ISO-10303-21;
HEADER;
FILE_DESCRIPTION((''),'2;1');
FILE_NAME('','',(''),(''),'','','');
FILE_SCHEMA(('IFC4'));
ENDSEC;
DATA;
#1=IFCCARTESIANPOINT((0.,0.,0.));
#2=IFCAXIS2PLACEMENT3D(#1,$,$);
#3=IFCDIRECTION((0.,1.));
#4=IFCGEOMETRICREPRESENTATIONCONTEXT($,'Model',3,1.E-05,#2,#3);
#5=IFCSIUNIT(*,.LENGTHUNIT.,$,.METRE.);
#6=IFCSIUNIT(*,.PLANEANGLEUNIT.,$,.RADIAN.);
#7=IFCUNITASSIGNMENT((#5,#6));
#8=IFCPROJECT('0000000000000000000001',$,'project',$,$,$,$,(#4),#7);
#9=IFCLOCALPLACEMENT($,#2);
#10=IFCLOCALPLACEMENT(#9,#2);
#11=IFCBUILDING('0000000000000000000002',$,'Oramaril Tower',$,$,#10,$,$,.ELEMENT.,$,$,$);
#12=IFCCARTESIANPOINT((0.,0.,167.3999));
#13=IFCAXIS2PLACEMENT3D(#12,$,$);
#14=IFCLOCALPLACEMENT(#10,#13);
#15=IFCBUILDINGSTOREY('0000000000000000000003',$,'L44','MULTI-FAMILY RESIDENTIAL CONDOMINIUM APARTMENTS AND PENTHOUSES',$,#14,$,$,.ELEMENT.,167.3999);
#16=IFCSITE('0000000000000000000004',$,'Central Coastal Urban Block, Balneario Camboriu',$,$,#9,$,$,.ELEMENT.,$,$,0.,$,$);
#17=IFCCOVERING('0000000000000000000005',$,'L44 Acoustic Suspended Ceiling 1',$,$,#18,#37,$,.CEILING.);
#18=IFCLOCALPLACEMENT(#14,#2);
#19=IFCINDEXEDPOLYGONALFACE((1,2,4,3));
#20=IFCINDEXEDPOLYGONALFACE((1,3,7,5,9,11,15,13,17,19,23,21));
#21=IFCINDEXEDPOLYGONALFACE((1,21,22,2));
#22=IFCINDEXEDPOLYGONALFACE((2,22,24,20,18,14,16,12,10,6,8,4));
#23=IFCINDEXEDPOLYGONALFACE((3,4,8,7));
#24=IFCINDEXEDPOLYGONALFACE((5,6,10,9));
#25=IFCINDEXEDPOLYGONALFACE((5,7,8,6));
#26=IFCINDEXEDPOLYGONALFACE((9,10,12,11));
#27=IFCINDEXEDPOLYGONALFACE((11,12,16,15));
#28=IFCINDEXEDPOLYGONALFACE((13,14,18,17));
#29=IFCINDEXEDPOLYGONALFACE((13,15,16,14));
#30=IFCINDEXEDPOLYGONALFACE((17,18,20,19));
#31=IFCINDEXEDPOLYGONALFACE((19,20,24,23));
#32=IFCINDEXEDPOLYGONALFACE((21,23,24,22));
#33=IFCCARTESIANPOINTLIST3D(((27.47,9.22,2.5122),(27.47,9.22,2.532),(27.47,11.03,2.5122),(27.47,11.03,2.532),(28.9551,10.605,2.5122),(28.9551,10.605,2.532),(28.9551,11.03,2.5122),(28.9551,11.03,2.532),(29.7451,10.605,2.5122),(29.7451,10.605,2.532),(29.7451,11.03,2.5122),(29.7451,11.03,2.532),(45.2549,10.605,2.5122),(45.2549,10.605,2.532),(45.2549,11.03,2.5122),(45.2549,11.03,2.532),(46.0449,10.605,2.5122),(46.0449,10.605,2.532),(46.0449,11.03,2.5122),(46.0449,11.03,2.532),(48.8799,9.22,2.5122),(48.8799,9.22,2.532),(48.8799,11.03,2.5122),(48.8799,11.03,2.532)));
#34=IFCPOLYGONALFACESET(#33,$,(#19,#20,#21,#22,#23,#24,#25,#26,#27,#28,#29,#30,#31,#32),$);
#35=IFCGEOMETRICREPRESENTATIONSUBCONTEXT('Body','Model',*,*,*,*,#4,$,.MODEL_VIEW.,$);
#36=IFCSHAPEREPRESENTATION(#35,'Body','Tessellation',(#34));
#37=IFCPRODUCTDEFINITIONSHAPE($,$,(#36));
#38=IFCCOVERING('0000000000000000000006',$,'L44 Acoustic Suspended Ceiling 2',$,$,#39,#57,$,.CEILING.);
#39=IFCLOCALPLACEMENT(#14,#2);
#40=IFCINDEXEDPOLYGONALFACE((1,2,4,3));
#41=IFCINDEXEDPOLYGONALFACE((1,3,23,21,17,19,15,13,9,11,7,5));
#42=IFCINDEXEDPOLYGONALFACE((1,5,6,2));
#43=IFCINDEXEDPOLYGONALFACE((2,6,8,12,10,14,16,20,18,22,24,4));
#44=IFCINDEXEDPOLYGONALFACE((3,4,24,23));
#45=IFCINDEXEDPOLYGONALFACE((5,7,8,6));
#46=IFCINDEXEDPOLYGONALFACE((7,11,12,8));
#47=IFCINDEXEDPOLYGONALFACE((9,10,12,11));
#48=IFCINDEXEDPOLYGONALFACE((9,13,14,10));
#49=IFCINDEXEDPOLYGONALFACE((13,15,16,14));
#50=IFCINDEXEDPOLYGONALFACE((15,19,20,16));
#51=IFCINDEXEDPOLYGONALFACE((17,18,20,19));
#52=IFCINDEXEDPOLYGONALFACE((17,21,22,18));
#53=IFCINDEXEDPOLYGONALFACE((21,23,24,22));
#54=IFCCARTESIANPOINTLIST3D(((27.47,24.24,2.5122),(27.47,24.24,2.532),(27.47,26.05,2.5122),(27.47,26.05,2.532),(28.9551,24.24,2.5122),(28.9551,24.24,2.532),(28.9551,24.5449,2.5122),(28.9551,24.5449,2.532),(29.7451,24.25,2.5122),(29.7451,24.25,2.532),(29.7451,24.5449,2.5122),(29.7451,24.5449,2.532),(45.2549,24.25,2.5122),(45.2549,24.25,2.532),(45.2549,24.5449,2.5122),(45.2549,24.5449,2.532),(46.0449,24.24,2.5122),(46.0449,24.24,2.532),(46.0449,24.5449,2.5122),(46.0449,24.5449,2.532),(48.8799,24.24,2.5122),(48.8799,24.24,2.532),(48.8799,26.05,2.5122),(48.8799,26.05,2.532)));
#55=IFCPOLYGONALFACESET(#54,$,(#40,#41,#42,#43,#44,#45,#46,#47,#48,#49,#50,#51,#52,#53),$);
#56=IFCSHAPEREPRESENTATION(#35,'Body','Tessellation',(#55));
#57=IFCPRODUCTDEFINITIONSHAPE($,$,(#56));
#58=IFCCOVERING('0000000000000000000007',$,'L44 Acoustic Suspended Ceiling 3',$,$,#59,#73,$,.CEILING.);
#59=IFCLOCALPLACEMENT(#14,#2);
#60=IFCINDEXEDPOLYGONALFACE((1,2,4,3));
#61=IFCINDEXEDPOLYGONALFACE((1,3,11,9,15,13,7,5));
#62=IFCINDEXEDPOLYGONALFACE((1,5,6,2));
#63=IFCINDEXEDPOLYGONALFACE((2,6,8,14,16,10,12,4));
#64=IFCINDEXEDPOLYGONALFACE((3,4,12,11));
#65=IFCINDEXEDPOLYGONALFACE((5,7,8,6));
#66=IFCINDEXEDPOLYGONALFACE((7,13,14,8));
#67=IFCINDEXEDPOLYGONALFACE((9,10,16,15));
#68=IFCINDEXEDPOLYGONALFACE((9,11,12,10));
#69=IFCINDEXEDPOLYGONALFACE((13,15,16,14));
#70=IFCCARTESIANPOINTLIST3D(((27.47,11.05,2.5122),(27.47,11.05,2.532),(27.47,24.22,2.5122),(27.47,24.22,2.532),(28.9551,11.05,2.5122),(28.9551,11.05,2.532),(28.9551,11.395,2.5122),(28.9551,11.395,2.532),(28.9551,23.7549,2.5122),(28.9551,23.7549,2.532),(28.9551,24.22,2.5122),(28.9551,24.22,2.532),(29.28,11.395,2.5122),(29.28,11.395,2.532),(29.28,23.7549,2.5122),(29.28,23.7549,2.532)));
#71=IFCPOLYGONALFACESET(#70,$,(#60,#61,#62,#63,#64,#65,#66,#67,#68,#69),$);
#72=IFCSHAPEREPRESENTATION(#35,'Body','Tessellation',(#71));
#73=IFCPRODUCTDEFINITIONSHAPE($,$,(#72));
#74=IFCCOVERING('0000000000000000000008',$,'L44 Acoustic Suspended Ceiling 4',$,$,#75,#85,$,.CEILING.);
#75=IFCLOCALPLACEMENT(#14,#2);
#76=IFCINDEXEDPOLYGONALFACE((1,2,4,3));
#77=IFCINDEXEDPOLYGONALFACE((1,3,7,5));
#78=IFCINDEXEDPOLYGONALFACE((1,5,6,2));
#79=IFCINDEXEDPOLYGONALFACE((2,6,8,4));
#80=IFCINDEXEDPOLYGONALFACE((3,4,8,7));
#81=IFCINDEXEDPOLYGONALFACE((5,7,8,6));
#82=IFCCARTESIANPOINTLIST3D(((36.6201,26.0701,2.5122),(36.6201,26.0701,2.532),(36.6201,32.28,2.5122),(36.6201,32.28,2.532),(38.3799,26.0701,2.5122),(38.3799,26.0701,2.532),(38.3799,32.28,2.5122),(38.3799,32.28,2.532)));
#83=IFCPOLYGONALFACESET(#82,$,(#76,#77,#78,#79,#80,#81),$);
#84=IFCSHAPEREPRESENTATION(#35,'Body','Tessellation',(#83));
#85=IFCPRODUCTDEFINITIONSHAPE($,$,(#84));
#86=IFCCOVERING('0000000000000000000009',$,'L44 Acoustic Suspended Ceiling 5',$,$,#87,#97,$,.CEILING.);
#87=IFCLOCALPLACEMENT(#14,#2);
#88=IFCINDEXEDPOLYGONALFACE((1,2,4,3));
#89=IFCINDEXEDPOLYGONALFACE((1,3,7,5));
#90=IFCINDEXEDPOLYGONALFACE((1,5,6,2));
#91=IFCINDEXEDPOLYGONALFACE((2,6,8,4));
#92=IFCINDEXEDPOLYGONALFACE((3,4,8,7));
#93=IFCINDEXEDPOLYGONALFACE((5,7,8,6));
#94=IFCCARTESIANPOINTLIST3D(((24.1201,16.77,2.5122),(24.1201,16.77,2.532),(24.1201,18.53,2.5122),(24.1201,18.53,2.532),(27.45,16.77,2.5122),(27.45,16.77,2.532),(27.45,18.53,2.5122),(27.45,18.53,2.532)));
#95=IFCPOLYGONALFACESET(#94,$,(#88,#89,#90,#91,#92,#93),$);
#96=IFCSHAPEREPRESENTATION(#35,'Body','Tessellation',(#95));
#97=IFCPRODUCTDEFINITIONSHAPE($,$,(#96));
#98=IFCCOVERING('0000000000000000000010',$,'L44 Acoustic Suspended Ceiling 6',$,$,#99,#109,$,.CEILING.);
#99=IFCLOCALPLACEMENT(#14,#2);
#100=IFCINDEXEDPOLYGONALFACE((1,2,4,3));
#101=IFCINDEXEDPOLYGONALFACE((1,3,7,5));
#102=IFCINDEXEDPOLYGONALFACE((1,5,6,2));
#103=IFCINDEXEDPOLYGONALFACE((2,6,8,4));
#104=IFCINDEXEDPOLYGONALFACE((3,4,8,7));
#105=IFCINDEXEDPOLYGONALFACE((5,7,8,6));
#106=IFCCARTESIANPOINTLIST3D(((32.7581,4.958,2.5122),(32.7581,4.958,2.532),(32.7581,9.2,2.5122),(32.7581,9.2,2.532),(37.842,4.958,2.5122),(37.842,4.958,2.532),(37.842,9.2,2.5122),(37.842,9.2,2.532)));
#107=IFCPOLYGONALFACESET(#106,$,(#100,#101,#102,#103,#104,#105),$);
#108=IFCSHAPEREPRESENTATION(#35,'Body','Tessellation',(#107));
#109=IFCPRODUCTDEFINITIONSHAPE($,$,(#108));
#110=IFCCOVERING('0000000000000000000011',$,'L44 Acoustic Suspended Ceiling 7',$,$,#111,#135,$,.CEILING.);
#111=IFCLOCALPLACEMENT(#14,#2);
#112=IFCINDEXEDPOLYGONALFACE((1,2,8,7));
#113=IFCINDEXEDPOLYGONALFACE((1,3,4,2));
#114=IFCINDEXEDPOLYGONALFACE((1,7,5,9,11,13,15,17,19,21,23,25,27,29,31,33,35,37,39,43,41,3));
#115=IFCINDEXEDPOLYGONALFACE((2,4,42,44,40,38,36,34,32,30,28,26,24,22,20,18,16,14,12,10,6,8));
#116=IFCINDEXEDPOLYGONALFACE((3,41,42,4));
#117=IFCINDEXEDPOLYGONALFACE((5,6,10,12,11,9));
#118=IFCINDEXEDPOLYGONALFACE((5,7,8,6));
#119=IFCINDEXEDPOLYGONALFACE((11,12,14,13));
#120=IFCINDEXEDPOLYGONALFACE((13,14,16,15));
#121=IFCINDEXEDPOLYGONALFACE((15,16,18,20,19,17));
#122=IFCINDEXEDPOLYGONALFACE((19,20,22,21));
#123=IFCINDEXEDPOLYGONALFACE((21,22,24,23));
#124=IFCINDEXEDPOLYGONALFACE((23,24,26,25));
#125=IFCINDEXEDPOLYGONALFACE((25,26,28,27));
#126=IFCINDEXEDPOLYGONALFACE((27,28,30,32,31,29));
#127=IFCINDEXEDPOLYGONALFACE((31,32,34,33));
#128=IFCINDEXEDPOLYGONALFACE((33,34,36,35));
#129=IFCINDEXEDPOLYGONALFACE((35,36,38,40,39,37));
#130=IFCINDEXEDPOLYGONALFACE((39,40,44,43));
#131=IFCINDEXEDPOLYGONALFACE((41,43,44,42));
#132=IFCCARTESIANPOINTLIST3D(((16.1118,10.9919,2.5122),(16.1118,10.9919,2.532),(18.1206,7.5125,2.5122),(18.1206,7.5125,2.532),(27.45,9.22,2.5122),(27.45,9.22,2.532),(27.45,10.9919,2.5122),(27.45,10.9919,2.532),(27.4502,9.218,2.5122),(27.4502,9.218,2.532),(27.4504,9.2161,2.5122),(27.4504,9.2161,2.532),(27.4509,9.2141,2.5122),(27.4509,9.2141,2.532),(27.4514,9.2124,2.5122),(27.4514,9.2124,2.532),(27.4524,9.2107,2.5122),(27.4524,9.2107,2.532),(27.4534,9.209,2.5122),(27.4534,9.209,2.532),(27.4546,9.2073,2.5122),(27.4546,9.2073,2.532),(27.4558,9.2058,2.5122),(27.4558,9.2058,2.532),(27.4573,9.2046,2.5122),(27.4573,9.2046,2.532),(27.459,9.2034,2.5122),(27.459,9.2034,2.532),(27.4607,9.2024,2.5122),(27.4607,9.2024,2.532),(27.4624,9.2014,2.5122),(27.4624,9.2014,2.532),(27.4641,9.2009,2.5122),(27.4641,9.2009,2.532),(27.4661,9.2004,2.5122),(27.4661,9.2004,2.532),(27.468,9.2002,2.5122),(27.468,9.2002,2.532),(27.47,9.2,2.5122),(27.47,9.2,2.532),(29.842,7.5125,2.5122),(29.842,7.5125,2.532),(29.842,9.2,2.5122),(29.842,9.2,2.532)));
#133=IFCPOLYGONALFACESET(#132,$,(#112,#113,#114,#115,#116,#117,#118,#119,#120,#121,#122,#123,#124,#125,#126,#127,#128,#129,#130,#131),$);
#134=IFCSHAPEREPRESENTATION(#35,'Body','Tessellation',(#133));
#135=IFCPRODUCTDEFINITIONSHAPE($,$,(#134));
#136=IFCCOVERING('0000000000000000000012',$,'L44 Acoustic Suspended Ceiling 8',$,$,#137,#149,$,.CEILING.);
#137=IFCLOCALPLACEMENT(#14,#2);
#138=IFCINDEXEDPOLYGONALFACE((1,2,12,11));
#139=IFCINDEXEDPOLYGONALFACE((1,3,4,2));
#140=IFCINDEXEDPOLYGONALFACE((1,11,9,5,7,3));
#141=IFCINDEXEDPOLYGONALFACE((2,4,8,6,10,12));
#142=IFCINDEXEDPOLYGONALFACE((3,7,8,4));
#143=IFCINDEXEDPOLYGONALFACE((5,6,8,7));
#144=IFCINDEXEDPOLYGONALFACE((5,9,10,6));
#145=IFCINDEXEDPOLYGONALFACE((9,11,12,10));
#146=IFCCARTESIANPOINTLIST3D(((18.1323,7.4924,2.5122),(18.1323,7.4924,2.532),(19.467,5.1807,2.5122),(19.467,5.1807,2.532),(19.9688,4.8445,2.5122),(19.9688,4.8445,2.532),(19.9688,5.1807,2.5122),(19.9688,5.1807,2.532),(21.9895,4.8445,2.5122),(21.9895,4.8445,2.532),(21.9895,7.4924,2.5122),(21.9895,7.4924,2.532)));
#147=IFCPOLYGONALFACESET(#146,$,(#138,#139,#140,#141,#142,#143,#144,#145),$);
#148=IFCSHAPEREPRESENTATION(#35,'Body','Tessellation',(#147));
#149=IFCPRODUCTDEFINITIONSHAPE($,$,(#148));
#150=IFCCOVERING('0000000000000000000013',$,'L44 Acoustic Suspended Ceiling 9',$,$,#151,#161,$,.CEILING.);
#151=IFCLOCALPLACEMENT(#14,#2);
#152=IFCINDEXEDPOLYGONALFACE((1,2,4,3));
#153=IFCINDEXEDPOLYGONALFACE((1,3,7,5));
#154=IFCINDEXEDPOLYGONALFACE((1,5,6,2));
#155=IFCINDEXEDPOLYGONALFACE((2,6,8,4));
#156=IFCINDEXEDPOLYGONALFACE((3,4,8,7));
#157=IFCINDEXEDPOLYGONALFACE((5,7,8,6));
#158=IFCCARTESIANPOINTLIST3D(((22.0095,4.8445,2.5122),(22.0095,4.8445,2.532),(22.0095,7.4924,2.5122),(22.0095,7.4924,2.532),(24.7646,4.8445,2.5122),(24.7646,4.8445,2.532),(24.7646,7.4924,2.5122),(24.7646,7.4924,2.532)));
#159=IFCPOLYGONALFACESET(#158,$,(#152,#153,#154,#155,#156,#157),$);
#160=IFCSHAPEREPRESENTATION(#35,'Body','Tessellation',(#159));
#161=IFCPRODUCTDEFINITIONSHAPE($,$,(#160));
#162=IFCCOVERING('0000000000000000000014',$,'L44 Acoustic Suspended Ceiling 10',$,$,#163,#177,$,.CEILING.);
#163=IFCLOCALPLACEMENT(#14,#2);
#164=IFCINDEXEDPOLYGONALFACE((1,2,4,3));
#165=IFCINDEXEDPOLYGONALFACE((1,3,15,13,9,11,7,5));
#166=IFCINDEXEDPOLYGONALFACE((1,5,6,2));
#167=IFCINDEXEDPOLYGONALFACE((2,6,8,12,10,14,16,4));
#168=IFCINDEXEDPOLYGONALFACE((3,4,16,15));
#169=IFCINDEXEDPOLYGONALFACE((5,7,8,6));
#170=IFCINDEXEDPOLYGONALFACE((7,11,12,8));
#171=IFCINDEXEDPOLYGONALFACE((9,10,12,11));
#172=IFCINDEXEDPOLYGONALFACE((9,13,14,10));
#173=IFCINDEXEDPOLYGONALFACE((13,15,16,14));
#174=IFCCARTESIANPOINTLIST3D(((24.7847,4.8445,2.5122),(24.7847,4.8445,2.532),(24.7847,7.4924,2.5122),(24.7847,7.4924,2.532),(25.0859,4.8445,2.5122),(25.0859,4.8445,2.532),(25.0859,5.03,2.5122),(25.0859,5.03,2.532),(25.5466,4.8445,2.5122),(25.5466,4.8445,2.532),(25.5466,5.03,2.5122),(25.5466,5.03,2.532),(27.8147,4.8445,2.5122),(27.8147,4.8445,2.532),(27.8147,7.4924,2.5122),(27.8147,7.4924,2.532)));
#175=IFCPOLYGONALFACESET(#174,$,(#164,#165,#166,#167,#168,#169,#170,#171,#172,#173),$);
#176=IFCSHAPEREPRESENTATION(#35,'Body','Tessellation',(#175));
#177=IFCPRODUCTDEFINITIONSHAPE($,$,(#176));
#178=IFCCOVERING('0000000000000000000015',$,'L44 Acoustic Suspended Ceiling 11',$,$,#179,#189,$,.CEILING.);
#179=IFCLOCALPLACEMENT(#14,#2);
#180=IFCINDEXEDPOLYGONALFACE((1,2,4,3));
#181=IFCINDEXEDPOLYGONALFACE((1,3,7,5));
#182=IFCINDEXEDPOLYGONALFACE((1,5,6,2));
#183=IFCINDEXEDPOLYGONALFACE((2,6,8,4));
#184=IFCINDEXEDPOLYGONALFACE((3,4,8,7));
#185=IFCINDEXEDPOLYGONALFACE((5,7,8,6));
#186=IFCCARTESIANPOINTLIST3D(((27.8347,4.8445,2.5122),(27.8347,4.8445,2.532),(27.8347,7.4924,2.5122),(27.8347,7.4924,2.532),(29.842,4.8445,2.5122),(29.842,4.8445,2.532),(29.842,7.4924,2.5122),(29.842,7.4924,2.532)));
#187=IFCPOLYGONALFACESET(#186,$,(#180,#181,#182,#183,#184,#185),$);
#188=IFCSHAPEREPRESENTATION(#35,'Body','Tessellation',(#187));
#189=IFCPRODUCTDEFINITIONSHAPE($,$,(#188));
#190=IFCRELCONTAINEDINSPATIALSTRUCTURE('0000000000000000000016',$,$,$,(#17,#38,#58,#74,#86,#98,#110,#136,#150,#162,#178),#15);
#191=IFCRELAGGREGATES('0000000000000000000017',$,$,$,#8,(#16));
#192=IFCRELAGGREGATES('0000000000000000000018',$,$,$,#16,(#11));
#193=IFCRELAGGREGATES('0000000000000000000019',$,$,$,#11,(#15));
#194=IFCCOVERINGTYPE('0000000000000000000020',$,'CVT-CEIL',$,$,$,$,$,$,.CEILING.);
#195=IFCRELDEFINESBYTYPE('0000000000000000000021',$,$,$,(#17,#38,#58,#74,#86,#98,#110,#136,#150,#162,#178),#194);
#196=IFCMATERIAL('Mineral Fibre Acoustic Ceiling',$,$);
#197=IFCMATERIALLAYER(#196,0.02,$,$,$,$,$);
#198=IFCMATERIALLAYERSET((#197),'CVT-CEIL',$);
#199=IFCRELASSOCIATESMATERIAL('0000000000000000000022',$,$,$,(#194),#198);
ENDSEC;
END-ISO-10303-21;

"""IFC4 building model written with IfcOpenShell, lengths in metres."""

from ifc_helpers import new_model, si_unit, direction, frame, origin, place, context, subcontext, project, spatial, polyline, outline, extrude, material, layer, layer_set, type_object, element, save


model = new_model("IFC4")

# Units and contexts
model_context = context("Model", 3, precision=1e-05, world=origin(), true_north=direction((0.0, 1.0)))
body_context = subcontext(model_context, "Body", "Model", "MODEL_VIEW")
ifc_project = project(units=[si_unit("LENGTHUNIT", "METRE"), si_unit("PLANEANGLEUNIT", "RADIAN")], contexts=[model_context])

# Site, building, storey
site_placement = place(None, origin())
site = spatial("IfcSite", under=ifc_project, at=site_placement, Name="Central Coastal Urban Block, Balneario Camboriu", CompositionType="ELEMENT", RefElevation=0.0)
building_placement = place(site_placement, origin())
building = spatial("IfcBuilding", under=site, at=building_placement, Name="Oramaril Tower", CompositionType="ELEMENT")
storey_placement = place(building_placement, frame((0.0, 0.0, 167.3999)))
storey = spatial("IfcBuildingStorey", under=building, at=storey_placement, Name="L44", Description="MULTI-FAMILY RESIDENTIAL CONDOMINIUM APARTMENTS AND PENTHOUSES", CompositionType="ELEMENT", Elevation=167.3999)

# Coverings
ifc_material_1 = material(Name="Mineral Fibre Acoustic Ceiling")
ifc_layer_1 = layer(ifc_material_1, 0.02)
ifc_layer_set_1 = layer_set([ifc_layer_1], Name="CVT-CEIL")
covering_type_1 = type_object("IfcCoveringType", Name="CVT-CEIL", PredefinedType="CEILING", material=ifc_layer_set_1)
covering_1_placement = place(storey_placement, frame((0.0, 0.0, 2.5122)))
element("IfcCovering", 1, at=covering_1_placement, inside=storey, type_object=covering_type_1, Name="L44 Acoustic Suspended Ceiling 1", PredefinedType="CEILING", context=body_context, shape_type="SweptSolid", body=[
    extrude(outline(polyline([(28.9551, 10.605), (29.7451, 10.605), (29.7451, 11.03), (45.2549, 11.03), (45.2549, 10.605), (46.0449, 10.605), (46.0449, 11.03), (48.8799, 11.03), (48.8799, 9.22), (27.47, 9.22), (27.47, 11.03), (28.9551, 11.03), (28.9551, 10.605)])), origin(), (0.0, 0.0, 1.0), 0.0198),
])
covering_2_placement = place(storey_placement, frame((0.0, 0.0, 2.5122)))
element("IfcCovering", 2, at=covering_2_placement, inside=storey, type_object=covering_type_1, Name="L44 Acoustic Suspended Ceiling 2", PredefinedType="CEILING", context=body_context, shape_type="SweptSolid", body=[
    extrude(outline(polyline([(48.8799, 24.24), (46.0449, 24.24), (46.0449, 24.5449), (45.2549, 24.5449), (45.2549, 24.25), (29.7451, 24.25), (29.7451, 24.5449), (28.9551, 24.5449), (28.9551, 24.24), (27.47, 24.24), (27.47, 26.05), (48.8799, 26.05), (48.8799, 24.24)])), origin(), (0.0, 0.0, 1.0), 0.0198),
])
covering_3_placement = place(storey_placement, frame((0.0, 0.0, 2.5122)))
element("IfcCovering", 3, at=covering_3_placement, inside=storey, type_object=covering_type_1, Name="L44 Acoustic Suspended Ceiling 3", PredefinedType="CEILING", context=body_context, shape_type="SweptSolid", body=[
    extrude(outline(polyline([(28.9551, 23.7549), (29.28, 23.7549), (29.28, 11.395), (28.9551, 11.395), (28.9551, 11.05), (27.47, 11.05), (27.47, 24.22), (28.9551, 24.22), (28.9551, 23.7549)])), origin(), (0.0, 0.0, 1.0), 0.0198),
])
covering_4_placement = place(storey_placement, frame((0.0, 0.0, 2.5122)))
element("IfcCovering", 4, at=covering_4_placement, inside=storey, type_object=covering_type_1, Name="L44 Acoustic Suspended Ceiling 4", PredefinedType="CEILING", context=body_context, shape_type="SweptSolid", body=[
    extrude(outline(polyline([(38.3799, 26.0701), (36.6201, 26.0701), (36.6201, 32.28), (38.3799, 32.28), (38.3799, 26.0701)])), origin(), (0.0, 0.0, 1.0), 0.0198),
])
covering_5_placement = place(storey_placement, frame((0.0, 0.0, 2.5122)))
element("IfcCovering", 5, at=covering_5_placement, inside=storey, type_object=covering_type_1, Name="L44 Acoustic Suspended Ceiling 5", PredefinedType="CEILING", context=body_context, shape_type="SweptSolid", body=[
    extrude(outline(polyline([(24.1201, 16.77), (24.1201, 18.53), (27.45, 18.53), (27.45, 16.77), (24.1201, 16.77)])), origin(), (0.0, 0.0, 1.0), 0.0198),
])
covering_6_placement = place(storey_placement, frame((0.0, 0.0, 2.5122)))
element("IfcCovering", 6, at=covering_6_placement, inside=storey, type_object=covering_type_1, Name="L44 Acoustic Suspended Ceiling 6", PredefinedType="CEILING", context=body_context, shape_type="SweptSolid", body=[
    extrude(outline(polyline([(32.7581, 4.958), (32.7581, 9.2), (37.842, 9.2), (37.842, 4.958), (32.7581, 4.958)])), origin(), (0.0, 0.0, 1.0), 0.0198),
])
covering_7_placement = place(storey_placement, frame((0.0, 0.0, 2.5122)))
element("IfcCovering", 7, at=covering_7_placement, inside=storey, type_object=covering_type_1, Name="L44 Acoustic Suspended Ceiling 7", PredefinedType="CEILING", context=body_context, shape_type="SweptSolid", body=[
    extrude(outline(polyline([(29.842, 7.5125), (18.1206, 7.5125), (16.1118, 10.9919), (27.45, 10.9919), (27.45, 9.22), (27.4502, 9.218), (27.4504, 9.2161), (27.4509, 9.2141), (27.4514, 9.2124), (27.4524, 9.2107), (27.4534, 9.209), (27.4546, 9.2073), (27.4558, 9.2058), (27.4573, 9.2046), (27.459, 9.2034), (27.4607, 9.2024), (27.4624, 9.2014), (27.4641, 9.2009), (27.4661, 9.2004), (27.468, 9.2002), (27.47, 9.2), (29.842, 9.2), (29.842, 7.5125)])), origin(), (0.0, 0.0, 1.0), 0.0198),
])
covering_8_placement = place(storey_placement, frame((0.0, 0.0, 2.5122)))
element("IfcCovering", 8, at=covering_8_placement, inside=storey, type_object=covering_type_1, Name="L44 Acoustic Suspended Ceiling 8", PredefinedType="CEILING", context=body_context, shape_type="SweptSolid", body=[
    extrude(outline(polyline([(19.9688, 4.8445), (19.9688, 5.1807), (19.467, 5.1807), (18.1323, 7.4924), (21.9895, 7.4924), (21.9895, 4.8445), (19.9688, 4.8445)])), origin(), (0.0, 0.0, 1.0), 0.0198),
])
covering_9_placement = place(storey_placement, frame((0.0, 0.0, 2.5122)))
element("IfcCovering", 9, at=covering_9_placement, inside=storey, type_object=covering_type_1, Name="L44 Acoustic Suspended Ceiling 9", PredefinedType="CEILING", context=body_context, shape_type="SweptSolid", body=[
    extrude(outline(polyline([(22.0095, 4.8445), (22.0095, 7.4924), (24.7646, 7.4924), (24.7646, 4.8445), (22.0095, 4.8445)])), origin(), (0.0, 0.0, 1.0), 0.0198),
])
covering_10_placement = place(storey_placement, frame((0.0, 0.0, 2.5122)))
element("IfcCovering", 10, at=covering_10_placement, inside=storey, type_object=covering_type_1, Name="L44 Acoustic Suspended Ceiling 10", PredefinedType="CEILING", context=body_context, shape_type="SweptSolid", body=[
    extrude(outline(polyline([(25.5466, 4.8445), (25.5466, 5.03), (25.0859, 5.03), (25.0859, 4.8445), (24.7847, 4.8445), (24.7847, 7.4924), (27.8147, 7.4924), (27.8147, 4.8445), (25.5466, 4.8445)])), origin(), (0.0, 0.0, 1.0), 0.0198),
])
covering_11_placement = place(storey_placement, frame((0.0, 0.0, 2.5122)))
element("IfcCovering", 11, at=covering_11_placement, inside=storey, type_object=covering_type_1, Name="L44 Acoustic Suspended Ceiling 11", PredefinedType="CEILING", context=body_context, shape_type="SweptSolid", body=[
    extrude(outline(polyline([(27.8347, 4.8445), (27.8347, 7.4924), (29.842, 7.4924), (29.842, 4.8445), (27.8347, 4.8445)])), origin(), (0.0, 0.0, 1.0), 0.0198),
])

save(model, "model.ifc")
